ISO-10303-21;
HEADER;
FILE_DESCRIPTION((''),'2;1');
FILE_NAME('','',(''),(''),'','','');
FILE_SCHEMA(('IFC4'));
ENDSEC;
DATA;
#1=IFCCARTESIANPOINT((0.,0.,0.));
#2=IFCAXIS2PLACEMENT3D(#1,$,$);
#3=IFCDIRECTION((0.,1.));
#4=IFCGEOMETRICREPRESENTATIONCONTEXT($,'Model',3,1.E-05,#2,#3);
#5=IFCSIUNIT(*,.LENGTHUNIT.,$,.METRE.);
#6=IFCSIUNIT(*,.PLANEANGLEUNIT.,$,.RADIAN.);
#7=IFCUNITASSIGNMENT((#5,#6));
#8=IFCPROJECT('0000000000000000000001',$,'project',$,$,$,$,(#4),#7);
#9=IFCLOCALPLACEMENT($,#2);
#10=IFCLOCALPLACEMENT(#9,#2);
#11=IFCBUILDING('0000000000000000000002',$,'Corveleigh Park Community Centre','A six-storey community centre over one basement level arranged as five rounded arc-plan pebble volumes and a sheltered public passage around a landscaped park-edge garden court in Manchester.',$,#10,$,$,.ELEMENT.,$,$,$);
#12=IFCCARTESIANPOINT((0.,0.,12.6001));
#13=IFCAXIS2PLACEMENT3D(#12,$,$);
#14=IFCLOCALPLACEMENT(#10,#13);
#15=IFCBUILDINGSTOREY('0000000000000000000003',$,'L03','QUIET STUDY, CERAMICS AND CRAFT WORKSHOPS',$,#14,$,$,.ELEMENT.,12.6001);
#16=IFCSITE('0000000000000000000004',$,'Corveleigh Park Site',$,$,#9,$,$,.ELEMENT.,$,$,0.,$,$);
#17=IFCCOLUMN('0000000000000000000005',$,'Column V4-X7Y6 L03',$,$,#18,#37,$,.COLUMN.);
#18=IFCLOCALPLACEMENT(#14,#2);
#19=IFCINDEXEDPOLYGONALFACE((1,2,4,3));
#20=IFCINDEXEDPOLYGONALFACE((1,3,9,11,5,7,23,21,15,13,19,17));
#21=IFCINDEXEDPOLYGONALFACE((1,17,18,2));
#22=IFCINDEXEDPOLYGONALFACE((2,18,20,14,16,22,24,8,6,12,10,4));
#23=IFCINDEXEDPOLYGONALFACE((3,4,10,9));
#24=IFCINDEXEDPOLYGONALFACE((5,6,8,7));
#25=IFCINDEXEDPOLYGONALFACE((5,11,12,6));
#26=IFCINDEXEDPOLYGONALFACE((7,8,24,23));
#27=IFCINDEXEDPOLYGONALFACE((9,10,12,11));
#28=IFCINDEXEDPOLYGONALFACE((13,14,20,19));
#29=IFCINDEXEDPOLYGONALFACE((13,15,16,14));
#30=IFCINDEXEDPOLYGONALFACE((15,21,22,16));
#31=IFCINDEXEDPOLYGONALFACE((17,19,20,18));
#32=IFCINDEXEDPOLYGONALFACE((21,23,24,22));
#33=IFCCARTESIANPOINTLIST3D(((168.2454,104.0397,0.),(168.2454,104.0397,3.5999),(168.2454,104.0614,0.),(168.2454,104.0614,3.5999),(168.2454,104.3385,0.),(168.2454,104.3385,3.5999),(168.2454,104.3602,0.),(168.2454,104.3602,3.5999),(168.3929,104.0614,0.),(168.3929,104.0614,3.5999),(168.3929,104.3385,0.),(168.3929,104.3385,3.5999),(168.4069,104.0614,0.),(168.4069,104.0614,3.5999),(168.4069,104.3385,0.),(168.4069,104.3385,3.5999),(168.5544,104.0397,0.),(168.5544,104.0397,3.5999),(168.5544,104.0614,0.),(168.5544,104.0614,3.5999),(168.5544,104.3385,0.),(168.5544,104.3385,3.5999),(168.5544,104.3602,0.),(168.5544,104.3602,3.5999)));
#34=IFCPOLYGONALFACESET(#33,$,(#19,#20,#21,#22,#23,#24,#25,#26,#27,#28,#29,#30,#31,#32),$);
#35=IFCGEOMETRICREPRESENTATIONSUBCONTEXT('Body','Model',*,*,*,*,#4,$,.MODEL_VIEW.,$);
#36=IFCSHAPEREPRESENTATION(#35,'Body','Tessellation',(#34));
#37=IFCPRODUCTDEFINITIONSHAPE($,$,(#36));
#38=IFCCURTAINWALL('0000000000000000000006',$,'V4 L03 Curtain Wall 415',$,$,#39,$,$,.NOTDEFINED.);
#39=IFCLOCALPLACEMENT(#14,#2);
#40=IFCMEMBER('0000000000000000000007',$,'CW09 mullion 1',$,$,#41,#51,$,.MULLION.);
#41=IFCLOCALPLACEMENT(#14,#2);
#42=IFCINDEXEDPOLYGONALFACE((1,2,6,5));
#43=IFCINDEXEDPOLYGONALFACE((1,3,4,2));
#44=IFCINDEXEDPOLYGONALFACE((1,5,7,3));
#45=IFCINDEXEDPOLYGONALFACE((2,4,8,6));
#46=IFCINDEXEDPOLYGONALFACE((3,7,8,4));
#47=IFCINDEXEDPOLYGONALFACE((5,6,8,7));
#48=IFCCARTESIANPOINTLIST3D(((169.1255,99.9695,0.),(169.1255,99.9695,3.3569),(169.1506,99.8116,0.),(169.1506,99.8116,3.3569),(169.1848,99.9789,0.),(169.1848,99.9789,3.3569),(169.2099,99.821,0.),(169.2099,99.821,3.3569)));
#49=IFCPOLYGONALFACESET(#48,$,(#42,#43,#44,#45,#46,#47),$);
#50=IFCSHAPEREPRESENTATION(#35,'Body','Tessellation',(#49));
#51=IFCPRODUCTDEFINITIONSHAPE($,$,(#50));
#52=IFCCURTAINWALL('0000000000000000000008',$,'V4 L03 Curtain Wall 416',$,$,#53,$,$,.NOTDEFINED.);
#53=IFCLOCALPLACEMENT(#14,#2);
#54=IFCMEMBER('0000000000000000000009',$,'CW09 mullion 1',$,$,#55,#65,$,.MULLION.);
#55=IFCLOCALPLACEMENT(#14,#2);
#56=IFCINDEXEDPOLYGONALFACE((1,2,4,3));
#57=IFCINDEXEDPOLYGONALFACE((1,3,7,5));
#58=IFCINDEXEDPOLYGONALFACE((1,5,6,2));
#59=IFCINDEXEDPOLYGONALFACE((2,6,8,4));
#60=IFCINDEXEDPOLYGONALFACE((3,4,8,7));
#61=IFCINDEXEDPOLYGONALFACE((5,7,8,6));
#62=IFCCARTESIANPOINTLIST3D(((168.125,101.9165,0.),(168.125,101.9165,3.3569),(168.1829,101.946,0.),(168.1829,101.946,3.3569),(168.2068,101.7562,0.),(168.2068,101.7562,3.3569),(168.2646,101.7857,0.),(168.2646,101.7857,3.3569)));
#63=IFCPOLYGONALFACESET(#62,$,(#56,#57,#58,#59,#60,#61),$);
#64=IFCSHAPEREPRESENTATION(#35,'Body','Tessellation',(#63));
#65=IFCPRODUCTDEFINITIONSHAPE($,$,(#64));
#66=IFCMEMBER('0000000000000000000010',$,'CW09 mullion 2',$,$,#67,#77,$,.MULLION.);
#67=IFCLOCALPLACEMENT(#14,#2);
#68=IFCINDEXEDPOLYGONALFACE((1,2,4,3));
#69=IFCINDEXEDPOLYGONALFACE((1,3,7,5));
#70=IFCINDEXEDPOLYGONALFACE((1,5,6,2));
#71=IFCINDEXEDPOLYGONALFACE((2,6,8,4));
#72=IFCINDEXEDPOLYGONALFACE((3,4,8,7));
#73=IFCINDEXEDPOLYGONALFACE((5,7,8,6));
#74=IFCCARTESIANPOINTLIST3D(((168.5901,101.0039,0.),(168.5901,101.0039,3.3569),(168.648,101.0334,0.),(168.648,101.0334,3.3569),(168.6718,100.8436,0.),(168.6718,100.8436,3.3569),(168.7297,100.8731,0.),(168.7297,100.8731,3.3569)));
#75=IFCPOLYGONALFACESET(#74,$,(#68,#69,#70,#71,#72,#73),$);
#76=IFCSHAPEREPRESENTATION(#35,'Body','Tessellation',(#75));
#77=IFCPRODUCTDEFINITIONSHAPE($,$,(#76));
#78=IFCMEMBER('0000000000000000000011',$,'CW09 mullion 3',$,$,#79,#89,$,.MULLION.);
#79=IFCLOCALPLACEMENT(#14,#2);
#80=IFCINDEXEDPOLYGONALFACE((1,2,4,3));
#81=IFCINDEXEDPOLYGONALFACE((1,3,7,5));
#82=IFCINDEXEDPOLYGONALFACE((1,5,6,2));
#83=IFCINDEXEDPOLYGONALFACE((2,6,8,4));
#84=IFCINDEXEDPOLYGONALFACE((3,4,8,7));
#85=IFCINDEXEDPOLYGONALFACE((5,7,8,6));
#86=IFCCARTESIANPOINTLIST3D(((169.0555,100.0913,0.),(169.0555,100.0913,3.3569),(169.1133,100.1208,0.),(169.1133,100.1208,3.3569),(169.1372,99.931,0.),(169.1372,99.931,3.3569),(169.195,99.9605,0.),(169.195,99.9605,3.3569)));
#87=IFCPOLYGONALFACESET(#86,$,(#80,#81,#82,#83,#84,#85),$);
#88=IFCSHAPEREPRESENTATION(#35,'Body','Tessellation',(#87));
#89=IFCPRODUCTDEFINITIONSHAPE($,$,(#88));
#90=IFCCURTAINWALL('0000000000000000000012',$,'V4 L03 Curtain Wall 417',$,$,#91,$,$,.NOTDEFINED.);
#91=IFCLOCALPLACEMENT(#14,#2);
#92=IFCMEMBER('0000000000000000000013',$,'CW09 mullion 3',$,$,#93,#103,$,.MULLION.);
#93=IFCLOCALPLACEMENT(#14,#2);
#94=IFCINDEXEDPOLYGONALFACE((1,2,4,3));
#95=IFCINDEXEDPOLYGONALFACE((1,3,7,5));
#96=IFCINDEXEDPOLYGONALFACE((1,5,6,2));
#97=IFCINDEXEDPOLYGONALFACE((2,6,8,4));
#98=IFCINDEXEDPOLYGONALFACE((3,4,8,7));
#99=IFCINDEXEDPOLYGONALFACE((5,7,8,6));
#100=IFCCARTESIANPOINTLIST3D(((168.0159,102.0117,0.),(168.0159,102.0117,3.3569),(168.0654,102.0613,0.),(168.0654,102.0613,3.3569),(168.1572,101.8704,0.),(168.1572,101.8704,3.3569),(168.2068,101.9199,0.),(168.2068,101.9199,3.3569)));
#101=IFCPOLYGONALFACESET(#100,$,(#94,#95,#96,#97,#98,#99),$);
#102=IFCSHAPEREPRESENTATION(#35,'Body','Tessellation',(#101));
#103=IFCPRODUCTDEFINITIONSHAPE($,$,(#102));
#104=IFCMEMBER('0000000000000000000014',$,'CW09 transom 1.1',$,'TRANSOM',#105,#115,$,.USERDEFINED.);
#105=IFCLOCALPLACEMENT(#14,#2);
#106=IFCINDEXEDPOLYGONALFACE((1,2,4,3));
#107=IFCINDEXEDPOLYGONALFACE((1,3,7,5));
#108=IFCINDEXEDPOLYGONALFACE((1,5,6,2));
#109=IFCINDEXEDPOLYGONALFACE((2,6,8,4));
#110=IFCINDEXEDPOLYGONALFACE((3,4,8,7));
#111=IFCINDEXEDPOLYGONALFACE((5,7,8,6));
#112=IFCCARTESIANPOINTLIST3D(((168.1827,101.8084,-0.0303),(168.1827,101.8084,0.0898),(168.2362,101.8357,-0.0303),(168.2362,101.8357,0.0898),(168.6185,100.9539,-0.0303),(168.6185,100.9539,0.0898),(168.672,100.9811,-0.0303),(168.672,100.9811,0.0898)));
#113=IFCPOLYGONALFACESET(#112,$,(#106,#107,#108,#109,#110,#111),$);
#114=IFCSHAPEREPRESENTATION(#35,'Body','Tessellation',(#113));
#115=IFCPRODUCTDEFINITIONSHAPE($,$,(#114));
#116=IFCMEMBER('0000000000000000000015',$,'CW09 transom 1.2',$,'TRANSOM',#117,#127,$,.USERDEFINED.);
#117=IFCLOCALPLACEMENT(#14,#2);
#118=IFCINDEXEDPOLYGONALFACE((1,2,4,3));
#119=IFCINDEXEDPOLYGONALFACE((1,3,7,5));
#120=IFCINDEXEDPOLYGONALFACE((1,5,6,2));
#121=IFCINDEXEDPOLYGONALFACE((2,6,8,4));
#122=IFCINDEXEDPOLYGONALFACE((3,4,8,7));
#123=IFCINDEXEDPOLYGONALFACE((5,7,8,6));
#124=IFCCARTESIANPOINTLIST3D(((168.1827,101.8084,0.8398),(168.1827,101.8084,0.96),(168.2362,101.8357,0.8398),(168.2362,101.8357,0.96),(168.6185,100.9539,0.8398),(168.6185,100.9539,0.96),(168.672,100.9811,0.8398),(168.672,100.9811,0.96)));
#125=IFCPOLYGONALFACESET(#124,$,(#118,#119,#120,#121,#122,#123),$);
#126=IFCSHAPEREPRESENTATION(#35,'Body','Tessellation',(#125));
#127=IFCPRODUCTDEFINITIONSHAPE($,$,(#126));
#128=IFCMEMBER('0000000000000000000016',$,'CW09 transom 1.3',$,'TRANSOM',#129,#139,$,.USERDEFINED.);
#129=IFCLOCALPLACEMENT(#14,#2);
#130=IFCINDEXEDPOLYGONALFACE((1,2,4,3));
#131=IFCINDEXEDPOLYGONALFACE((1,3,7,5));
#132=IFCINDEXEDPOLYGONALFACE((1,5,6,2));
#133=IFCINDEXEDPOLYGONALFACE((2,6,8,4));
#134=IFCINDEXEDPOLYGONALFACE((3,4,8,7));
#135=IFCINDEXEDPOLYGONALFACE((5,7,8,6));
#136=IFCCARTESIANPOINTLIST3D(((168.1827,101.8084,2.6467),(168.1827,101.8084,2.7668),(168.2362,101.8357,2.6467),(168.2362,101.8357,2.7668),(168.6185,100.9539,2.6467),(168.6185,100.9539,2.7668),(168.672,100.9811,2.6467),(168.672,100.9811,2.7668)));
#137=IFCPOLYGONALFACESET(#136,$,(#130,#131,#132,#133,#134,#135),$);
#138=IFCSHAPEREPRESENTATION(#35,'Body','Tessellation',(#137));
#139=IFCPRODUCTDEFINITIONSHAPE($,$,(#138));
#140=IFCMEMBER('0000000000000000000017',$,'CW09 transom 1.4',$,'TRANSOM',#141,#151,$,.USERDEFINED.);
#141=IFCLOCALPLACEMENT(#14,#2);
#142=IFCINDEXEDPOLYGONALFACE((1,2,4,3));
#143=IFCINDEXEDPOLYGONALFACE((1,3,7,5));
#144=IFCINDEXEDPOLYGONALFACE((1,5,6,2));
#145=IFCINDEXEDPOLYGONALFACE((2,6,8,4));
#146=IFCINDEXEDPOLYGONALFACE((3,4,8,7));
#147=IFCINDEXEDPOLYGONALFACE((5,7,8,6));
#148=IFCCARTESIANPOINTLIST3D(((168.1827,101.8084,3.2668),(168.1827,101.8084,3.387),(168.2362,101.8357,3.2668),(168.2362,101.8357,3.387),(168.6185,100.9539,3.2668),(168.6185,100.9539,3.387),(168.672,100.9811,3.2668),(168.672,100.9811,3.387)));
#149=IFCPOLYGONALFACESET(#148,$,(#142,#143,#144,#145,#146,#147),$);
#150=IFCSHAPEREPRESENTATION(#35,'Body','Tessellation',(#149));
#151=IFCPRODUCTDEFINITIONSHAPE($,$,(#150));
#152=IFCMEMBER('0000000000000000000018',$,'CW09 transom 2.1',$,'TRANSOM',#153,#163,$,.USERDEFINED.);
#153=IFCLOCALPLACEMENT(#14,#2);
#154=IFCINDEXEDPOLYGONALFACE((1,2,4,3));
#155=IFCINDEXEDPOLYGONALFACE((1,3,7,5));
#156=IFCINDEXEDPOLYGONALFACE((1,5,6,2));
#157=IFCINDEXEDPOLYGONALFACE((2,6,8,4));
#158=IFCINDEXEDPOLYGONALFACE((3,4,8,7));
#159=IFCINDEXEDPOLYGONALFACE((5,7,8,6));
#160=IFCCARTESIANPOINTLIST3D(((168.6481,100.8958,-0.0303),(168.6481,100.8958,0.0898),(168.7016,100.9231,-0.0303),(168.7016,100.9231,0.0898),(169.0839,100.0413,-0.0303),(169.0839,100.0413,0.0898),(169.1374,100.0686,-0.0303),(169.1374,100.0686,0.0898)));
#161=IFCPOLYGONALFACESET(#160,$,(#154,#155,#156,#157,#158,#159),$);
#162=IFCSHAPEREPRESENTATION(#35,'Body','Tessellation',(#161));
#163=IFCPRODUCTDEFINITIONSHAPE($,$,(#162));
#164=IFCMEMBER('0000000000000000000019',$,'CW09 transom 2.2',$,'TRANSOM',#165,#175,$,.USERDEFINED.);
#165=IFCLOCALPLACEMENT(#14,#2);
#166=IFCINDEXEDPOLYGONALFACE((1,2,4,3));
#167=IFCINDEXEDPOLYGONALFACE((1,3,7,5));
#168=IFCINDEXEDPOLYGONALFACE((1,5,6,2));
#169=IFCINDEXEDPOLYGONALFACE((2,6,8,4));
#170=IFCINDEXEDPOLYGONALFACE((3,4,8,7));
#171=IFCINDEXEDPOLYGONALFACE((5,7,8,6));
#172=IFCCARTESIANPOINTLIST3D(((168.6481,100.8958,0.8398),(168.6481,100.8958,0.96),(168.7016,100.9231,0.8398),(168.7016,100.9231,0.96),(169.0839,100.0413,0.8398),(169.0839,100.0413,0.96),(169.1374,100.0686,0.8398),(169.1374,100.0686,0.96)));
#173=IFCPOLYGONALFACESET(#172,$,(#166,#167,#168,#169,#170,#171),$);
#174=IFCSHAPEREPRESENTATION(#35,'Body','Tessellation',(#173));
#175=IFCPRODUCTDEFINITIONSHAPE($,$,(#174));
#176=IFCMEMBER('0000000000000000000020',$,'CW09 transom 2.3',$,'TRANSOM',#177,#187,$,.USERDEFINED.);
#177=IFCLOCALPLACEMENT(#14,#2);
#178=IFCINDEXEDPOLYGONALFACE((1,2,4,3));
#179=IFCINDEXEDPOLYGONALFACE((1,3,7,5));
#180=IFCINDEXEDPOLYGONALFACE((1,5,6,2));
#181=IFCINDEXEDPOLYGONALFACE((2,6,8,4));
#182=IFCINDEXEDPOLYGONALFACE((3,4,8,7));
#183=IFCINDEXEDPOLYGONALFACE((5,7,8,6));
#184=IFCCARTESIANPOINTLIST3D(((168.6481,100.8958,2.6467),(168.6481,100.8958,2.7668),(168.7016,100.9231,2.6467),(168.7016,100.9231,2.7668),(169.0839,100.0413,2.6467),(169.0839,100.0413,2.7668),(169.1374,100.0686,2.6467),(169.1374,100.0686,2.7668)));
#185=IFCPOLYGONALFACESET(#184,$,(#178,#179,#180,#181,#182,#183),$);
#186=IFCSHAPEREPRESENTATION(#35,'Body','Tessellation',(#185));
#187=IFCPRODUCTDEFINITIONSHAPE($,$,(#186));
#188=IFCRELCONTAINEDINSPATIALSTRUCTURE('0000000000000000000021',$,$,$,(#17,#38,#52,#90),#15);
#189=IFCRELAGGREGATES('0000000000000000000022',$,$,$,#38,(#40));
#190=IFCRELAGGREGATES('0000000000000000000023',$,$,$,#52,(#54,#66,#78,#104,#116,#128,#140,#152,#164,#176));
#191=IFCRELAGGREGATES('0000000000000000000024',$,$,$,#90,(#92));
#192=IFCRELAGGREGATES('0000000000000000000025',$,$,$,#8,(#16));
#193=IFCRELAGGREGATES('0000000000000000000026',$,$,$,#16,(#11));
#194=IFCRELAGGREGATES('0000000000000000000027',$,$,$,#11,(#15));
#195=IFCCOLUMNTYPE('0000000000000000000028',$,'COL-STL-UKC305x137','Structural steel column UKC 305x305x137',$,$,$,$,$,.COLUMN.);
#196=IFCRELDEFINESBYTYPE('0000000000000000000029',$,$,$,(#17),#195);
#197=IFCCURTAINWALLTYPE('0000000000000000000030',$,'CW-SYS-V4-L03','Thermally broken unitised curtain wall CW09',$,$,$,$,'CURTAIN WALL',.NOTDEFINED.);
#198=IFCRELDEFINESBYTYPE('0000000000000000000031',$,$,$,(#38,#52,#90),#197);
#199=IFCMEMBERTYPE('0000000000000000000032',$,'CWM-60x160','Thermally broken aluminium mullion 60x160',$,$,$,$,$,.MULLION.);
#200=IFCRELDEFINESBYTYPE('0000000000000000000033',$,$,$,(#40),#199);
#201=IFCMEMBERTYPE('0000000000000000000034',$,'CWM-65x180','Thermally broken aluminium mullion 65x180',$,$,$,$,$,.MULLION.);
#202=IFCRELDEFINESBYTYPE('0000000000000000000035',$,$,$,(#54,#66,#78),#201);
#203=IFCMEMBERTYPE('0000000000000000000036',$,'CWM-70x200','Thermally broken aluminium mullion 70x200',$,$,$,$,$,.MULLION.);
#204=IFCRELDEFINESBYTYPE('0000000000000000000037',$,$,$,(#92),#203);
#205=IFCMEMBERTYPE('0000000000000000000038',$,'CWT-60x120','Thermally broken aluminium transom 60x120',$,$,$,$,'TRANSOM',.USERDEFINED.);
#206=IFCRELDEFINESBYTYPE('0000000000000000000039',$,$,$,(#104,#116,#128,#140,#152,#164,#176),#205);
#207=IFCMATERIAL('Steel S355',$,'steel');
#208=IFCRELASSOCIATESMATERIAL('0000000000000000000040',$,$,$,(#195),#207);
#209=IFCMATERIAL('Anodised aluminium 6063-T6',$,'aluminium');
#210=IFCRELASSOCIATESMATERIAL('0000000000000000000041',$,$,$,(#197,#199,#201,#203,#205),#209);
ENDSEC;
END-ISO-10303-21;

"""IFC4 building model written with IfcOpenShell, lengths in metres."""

from ifc_helpers import new_model, si_unit, direction, frame, origin, origin_2d, place, context, subcontext, project, spatial, rectangle, i_section, extrude, material, material_profile, profile_set, type_object, element, aggregate, save


model = new_model("IFC4")

# Units and contexts
model_context = context("Model", 3, precision=1e-05, world=origin(), true_north=direction((0.0, 1.0)))
body_context = subcontext(model_context, "Body", "Model", "MODEL_VIEW")
ifc_project = project(units=[si_unit("LENGTHUNIT", "METRE"), si_unit("PLANEANGLEUNIT", "RADIAN")], contexts=[model_context])

# Site, building, storey
site_placement = place(None, origin())
site = spatial("IfcSite", under=ifc_project, at=site_placement, Name="Corveleigh Park Site", CompositionType="ELEMENT", RefElevation=0.0)
building_placement = place(site_placement, origin())
building = spatial("IfcBuilding", under=site, at=building_placement, Name="Corveleigh Park Community Centre", Description="A six-storey community centre over one basement level arranged as five rounded arc-plan pebble volumes and a sheltered public passage around a landscaped park-edge garden court in Manchester.", CompositionType="ELEMENT")
storey_placement = place(building_placement, frame((0.0, 0.0, 12.6001)))
storey = spatial("IfcBuildingStorey", under=building, at=storey_placement, Name="L03", Description="QUIET STUDY, CERAMICS AND CRAFT WORKSHOPS", CompositionType="ELEMENT", Elevation=12.6001)

# Column
ifc_material_1 = material(Name="Steel S355", Category="steel")
ifc_material_profile_1 = material_profile(ifc_material_1, i_section(OverallWidth=0.3091, OverallDepth=0.3206, WebThickness=0.0139, FlangeThickness=0.0217, at=origin_2d()), Name="UKC 305x305x137", Category="steel")
ifc_profile_set_1 = profile_set([ifc_material_profile_1], Name="Steel S355")
column_type = type_object("IfcColumnType", Name="COL-STL-UKC305x137", Description="Structural steel column UKC 305x305x137", PredefinedType="COLUMN", material=ifc_profile_set_1)
column_placement = place(storey_placement, frame((168.3999, 104.2, 0.0), z_axis=(0.0, 0.0, 1.0), x_axis=(1.0, 0.0, 0.0)))
element("IfcColumn", 1, at=column_placement, inside=storey, type_object=column_type, Name="Column V4-X7Y6 L03", PredefinedType="COLUMN", context=body_context, shape_type="SweptSolid", body=[
    extrude(i_section(OverallWidth=0.3091, OverallDepth=0.3206, WebThickness=0.0139, FlangeThickness=0.0217, at=origin_2d()), origin(), (0.0, 0.0, 1.0), 3.5999),
])

# Curtain wall, member
ifc_material_2 = material(Name="Anodised aluminium 6063-T6", Category="aluminium")
curtain_wall_type = type_object("IfcCurtainWallType", Name="CW-SYS-V4-L03", Description="Thermally broken unitised curtain wall CW09", ElementType="CURTAIN WALL", PredefinedType="NOTDEFINED", material=ifc_material_2)
curtain_wall_1_placement = place(storey_placement, origin())
curtain_wall_1 = element("IfcCurtainWall", 2, at=curtain_wall_1_placement, inside=storey, type_object=curtain_wall_type, Name="V4 L03 Curtain Wall 415", PredefinedType="NOTDEFINED")
ifc_material_profile_2 = material_profile(ifc_material_2, rectangle(XDim=0.0601, YDim=0.1599, at=origin_2d()), Name="ALU-M60x160", Category="aluminium")
ifc_profile_set_2 = profile_set([ifc_material_profile_2], Name="Anodised aluminium 6063-T6")
member_type_1 = type_object("IfcMemberType", Name="CWM-60x160", Description="Thermally broken aluminium mullion 60x160", PredefinedType="MULLION", material=ifc_profile_set_2)
member_1_placement = place(storey_placement, frame((169.1677, 99.8953, 0.0), z_axis=(0.0, 0.0, 1.0), x_axis=(0.987626, 0.156825, 0.0)))
member_1 = element("IfcMember", 3, at=member_1_placement, type_object=member_type_1, Name="CW09 mullion 1", PredefinedType="MULLION", context=body_context, shape_type="SweptSolid", body=[
    extrude(rectangle(XDim=0.0601, YDim=0.1599, at=origin_2d()), origin(), (0.0, 0.0, 1.0), 3.3569),
])

# Curtain wall, members
curtain_wall_2_placement = place(storey_placement, origin())
curtain_wall_2 = element("IfcCurtainWall", 4, at=curtain_wall_2_placement, inside=storey, type_object=curtain_wall_type, Name="V4 L03 Curtain Wall 416", PredefinedType="NOTDEFINED")
ifc_material_profile_3 = material_profile(ifc_material_2, rectangle(XDim=0.0649, YDim=0.1799, at=origin_2d()), Name="ALU-M65x180", Category="aluminium")
ifc_profile_set_3 = profile_set([ifc_material_profile_3], Name="Anodised aluminium 6063-T6")
member_type_2 = type_object("IfcMemberType", Name="CWM-65x180", Description="Thermally broken aluminium mullion 65x180", PredefinedType="MULLION", material=ifc_profile_set_3)
member_2_placement = place(storey_placement, frame((168.1948, 101.8511, 0.0), z_axis=(0.0, 0.0, 1.0), x_axis=(0.890899, 0.454202, 0.0)))
member_2 = element("IfcMember", 5, at=member_2_placement, type_object=member_type_2, Name="CW09 mullion 1", PredefinedType="MULLION", context=body_context, shape_type="SweptSolid", body=[
    extrude(rectangle(XDim=0.0649, YDim=0.1799, at=origin_2d()), origin(), (0.0, 0.0, 1.0), 3.3569),
])
member_3_placement = place(storey_placement, frame((168.6599, 100.9385, 0.0), z_axis=(0.0, 0.0, 1.0), x_axis=(0.890899, 0.454202, 0.0)))
member_3 = element("IfcMember", 6, at=member_3_placement, type_object=member_type_2, Name="CW09 mullion 2", PredefinedType="MULLION", context=body_context, shape_type="SweptSolid", body=[
    extrude(rectangle(XDim=0.0649, YDim=0.1799, at=origin_2d()), origin(), (0.0, 0.0, 1.0), 3.3569),
])
member_4_placement = place(storey_placement, frame((169.1252, 100.0259, 0.0), z_axis=(0.0, 0.0, 1.0), x_axis=(0.890899, 0.454202, 0.0)))
member_4 = element("IfcMember", 7, at=member_4_placement, type_object=member_type_2, Name="CW09 mullion 3", PredefinedType="MULLION", context=body_context, shape_type="SweptSolid", body=[
    extrude(rectangle(XDim=0.0649, YDim=0.1799, at=origin_2d()), origin(), (0.0, 0.0, 1.0), 3.3569),
])

# Curtain wall, member
curtain_wall_3_placement = place(storey_placement, origin())
curtain_wall_3 = element("IfcCurtainWall", 8, at=curtain_wall_3_placement, inside=storey, type_object=curtain_wall_type, Name="V4 L03 Curtain Wall 417", PredefinedType="NOTDEFINED")
ifc_material_profile_4 = material_profile(ifc_material_2, rectangle(XDim=0.0701, YDim=0.2, at=origin_2d()), Name="ALU-M70x200", Category="aluminium")
ifc_profile_set_4 = profile_set([ifc_material_profile_4], Name="Anodised aluminium 6063-T6")
member_type_3 = type_object("IfcMemberType", Name="CWM-70x200", Description="Thermally broken aluminium mullion 70x200", PredefinedType="MULLION", material=ifc_profile_set_4)
member_5_placement = place(storey_placement, frame((168.1113, 101.9658, 0.0), z_axis=(0.0, 0.0, 1.0), x_axis=(0.707107, 0.707107, 0.0)))
member_5 = element("IfcMember", 9, at=member_5_placement, type_object=member_type_3, Name="CW09 mullion 3", PredefinedType="MULLION", context=body_context, shape_type="SweptSolid", body=[
    extrude(rectangle(XDim=0.0701, YDim=0.2, at=origin_2d()), origin(), (0.0, 0.0, 1.0), 3.3569),
])

# Members
ifc_material_profile_5 = material_profile(ifc_material_2, rectangle(XDim=0.0601, YDim=0.1201, at=origin_2d()), Name="ALU-T60x120", Category="aluminium")
ifc_profile_set_5 = profile_set([ifc_material_profile_5], Name="Anodised aluminium 6063-T6")
member_type_4 = type_object("IfcMemberType", Name="CWT-60x120", Description="Thermally broken aluminium transom 60x120", ElementType="TRANSOM", PredefinedType="USERDEFINED", material=ifc_profile_set_5)
member_6_placement = place(storey_placement, frame((168.2095, 101.822, 0.0298), z_axis=(0.454326, -0.890835, 0.0), x_axis=(0.890835, 0.454326, 0.0)))
member_6 = element("IfcMember", 10, at=member_6_placement, type_object=member_type_4, Name="CW09 transom 1.1", ObjectType="TRANSOM", PredefinedType="USERDEFINED", context=body_context, shape_type="SweptSolid", body=[
    extrude(rectangle(XDim=0.0601, YDim=0.1201, at=origin_2d()), origin(), (0.0, 0.0, 1.0), 0.9592),
])
member_7_placement = place(storey_placement, frame((168.2095, 101.822, 0.8999), z_axis=(0.454326, -0.890835, 0.0), x_axis=(0.890835, 0.454326, 0.0)))
member_7 = element("IfcMember", 11, at=member_7_placement, type_object=member_type_4, Name="CW09 transom 1.2", ObjectType="TRANSOM", PredefinedType="USERDEFINED", context=body_context, shape_type="SweptSolid", body=[
    extrude(rectangle(XDim=0.0601, YDim=0.1201, at=origin_2d()), origin(), (0.0, 0.0, 1.0), 0.9592),
])
member_8_placement = place(storey_placement, frame((168.2095, 101.822, 2.7068), z_axis=(0.454326, -0.890835, 0.0), x_axis=(0.890835, 0.454326, 0.0)))
member_8 = element("IfcMember", 12, at=member_8_placement, type_object=member_type_4, Name="CW09 transom 1.3", ObjectType="TRANSOM", PredefinedType="USERDEFINED", context=body_context, shape_type="SweptSolid", body=[
    extrude(rectangle(XDim=0.0601, YDim=0.1201, at=origin_2d()), origin(), (0.0, 0.0, 1.0), 0.9592),
])
member_9_placement = place(storey_placement, frame((168.2095, 101.822, 3.3269), z_axis=(0.454326, -0.890835, 0.0), x_axis=(0.890835, 0.454326, 0.0)))
member_9 = element("IfcMember", 13, at=member_9_placement, type_object=member_type_4, Name="CW09 transom 1.4", ObjectType="TRANSOM", PredefinedType="USERDEFINED", context=body_context, shape_type="SweptSolid", body=[
    extrude(rectangle(XDim=0.0601, YDim=0.1201, at=origin_2d()), origin(), (0.0, 0.0, 1.0), 0.9592),
])
member_10_placement = place(storey_placement, frame((168.6748, 100.9094, 0.0298), z_axis=(0.454326, -0.890835, 0.0), x_axis=(0.890835, 0.454326, 0.0)))
member_10 = element("IfcMember", 14, at=member_10_placement, type_object=member_type_4, Name="CW09 transom 2.1", ObjectType="TRANSOM", PredefinedType="USERDEFINED", context=body_context, shape_type="SweptSolid", body=[
    extrude(rectangle(XDim=0.0601, YDim=0.1201, at=origin_2d()), origin(), (0.0, 0.0, 1.0), 0.9592),
])
member_11_placement = place(storey_placement, frame((168.6748, 100.9094, 0.8999), z_axis=(0.454326, -0.890835, 0.0), x_axis=(0.890835, 0.454326, 0.0)))
member_11 = element("IfcMember", 15, at=member_11_placement, type_object=member_type_4, Name="CW09 transom 2.2", ObjectType="TRANSOM", PredefinedType="USERDEFINED", context=body_context, shape_type="SweptSolid", body=[
    extrude(rectangle(XDim=0.0601, YDim=0.1201, at=origin_2d()), origin(), (0.0, 0.0, 1.0), 0.9592),
])
member_12_placement = place(storey_placement, frame((168.6748, 100.9094, 2.7068), z_axis=(0.454326, -0.890835, 0.0), x_axis=(0.890835, 0.454326, 0.0)))
member_12 = element("IfcMember", 16, at=member_12_placement, type_object=member_type_4, Name="CW09 transom 2.3", ObjectType="TRANSOM", PredefinedType="USERDEFINED", context=body_context, shape_type="SweptSolid", body=[
    extrude(rectangle(XDim=0.0601, YDim=0.1201, at=origin_2d()), origin(), (0.0, 0.0, 1.0), 0.9592),
])

aggregate(curtain_wall_1, [member_1])
aggregate(curtain_wall_2, [member_2, member_3, member_4, member_6, member_7, member_8, member_9, member_10, member_11, member_12])
aggregate(curtain_wall_3, [member_5])

save(model, "model.ifc")
